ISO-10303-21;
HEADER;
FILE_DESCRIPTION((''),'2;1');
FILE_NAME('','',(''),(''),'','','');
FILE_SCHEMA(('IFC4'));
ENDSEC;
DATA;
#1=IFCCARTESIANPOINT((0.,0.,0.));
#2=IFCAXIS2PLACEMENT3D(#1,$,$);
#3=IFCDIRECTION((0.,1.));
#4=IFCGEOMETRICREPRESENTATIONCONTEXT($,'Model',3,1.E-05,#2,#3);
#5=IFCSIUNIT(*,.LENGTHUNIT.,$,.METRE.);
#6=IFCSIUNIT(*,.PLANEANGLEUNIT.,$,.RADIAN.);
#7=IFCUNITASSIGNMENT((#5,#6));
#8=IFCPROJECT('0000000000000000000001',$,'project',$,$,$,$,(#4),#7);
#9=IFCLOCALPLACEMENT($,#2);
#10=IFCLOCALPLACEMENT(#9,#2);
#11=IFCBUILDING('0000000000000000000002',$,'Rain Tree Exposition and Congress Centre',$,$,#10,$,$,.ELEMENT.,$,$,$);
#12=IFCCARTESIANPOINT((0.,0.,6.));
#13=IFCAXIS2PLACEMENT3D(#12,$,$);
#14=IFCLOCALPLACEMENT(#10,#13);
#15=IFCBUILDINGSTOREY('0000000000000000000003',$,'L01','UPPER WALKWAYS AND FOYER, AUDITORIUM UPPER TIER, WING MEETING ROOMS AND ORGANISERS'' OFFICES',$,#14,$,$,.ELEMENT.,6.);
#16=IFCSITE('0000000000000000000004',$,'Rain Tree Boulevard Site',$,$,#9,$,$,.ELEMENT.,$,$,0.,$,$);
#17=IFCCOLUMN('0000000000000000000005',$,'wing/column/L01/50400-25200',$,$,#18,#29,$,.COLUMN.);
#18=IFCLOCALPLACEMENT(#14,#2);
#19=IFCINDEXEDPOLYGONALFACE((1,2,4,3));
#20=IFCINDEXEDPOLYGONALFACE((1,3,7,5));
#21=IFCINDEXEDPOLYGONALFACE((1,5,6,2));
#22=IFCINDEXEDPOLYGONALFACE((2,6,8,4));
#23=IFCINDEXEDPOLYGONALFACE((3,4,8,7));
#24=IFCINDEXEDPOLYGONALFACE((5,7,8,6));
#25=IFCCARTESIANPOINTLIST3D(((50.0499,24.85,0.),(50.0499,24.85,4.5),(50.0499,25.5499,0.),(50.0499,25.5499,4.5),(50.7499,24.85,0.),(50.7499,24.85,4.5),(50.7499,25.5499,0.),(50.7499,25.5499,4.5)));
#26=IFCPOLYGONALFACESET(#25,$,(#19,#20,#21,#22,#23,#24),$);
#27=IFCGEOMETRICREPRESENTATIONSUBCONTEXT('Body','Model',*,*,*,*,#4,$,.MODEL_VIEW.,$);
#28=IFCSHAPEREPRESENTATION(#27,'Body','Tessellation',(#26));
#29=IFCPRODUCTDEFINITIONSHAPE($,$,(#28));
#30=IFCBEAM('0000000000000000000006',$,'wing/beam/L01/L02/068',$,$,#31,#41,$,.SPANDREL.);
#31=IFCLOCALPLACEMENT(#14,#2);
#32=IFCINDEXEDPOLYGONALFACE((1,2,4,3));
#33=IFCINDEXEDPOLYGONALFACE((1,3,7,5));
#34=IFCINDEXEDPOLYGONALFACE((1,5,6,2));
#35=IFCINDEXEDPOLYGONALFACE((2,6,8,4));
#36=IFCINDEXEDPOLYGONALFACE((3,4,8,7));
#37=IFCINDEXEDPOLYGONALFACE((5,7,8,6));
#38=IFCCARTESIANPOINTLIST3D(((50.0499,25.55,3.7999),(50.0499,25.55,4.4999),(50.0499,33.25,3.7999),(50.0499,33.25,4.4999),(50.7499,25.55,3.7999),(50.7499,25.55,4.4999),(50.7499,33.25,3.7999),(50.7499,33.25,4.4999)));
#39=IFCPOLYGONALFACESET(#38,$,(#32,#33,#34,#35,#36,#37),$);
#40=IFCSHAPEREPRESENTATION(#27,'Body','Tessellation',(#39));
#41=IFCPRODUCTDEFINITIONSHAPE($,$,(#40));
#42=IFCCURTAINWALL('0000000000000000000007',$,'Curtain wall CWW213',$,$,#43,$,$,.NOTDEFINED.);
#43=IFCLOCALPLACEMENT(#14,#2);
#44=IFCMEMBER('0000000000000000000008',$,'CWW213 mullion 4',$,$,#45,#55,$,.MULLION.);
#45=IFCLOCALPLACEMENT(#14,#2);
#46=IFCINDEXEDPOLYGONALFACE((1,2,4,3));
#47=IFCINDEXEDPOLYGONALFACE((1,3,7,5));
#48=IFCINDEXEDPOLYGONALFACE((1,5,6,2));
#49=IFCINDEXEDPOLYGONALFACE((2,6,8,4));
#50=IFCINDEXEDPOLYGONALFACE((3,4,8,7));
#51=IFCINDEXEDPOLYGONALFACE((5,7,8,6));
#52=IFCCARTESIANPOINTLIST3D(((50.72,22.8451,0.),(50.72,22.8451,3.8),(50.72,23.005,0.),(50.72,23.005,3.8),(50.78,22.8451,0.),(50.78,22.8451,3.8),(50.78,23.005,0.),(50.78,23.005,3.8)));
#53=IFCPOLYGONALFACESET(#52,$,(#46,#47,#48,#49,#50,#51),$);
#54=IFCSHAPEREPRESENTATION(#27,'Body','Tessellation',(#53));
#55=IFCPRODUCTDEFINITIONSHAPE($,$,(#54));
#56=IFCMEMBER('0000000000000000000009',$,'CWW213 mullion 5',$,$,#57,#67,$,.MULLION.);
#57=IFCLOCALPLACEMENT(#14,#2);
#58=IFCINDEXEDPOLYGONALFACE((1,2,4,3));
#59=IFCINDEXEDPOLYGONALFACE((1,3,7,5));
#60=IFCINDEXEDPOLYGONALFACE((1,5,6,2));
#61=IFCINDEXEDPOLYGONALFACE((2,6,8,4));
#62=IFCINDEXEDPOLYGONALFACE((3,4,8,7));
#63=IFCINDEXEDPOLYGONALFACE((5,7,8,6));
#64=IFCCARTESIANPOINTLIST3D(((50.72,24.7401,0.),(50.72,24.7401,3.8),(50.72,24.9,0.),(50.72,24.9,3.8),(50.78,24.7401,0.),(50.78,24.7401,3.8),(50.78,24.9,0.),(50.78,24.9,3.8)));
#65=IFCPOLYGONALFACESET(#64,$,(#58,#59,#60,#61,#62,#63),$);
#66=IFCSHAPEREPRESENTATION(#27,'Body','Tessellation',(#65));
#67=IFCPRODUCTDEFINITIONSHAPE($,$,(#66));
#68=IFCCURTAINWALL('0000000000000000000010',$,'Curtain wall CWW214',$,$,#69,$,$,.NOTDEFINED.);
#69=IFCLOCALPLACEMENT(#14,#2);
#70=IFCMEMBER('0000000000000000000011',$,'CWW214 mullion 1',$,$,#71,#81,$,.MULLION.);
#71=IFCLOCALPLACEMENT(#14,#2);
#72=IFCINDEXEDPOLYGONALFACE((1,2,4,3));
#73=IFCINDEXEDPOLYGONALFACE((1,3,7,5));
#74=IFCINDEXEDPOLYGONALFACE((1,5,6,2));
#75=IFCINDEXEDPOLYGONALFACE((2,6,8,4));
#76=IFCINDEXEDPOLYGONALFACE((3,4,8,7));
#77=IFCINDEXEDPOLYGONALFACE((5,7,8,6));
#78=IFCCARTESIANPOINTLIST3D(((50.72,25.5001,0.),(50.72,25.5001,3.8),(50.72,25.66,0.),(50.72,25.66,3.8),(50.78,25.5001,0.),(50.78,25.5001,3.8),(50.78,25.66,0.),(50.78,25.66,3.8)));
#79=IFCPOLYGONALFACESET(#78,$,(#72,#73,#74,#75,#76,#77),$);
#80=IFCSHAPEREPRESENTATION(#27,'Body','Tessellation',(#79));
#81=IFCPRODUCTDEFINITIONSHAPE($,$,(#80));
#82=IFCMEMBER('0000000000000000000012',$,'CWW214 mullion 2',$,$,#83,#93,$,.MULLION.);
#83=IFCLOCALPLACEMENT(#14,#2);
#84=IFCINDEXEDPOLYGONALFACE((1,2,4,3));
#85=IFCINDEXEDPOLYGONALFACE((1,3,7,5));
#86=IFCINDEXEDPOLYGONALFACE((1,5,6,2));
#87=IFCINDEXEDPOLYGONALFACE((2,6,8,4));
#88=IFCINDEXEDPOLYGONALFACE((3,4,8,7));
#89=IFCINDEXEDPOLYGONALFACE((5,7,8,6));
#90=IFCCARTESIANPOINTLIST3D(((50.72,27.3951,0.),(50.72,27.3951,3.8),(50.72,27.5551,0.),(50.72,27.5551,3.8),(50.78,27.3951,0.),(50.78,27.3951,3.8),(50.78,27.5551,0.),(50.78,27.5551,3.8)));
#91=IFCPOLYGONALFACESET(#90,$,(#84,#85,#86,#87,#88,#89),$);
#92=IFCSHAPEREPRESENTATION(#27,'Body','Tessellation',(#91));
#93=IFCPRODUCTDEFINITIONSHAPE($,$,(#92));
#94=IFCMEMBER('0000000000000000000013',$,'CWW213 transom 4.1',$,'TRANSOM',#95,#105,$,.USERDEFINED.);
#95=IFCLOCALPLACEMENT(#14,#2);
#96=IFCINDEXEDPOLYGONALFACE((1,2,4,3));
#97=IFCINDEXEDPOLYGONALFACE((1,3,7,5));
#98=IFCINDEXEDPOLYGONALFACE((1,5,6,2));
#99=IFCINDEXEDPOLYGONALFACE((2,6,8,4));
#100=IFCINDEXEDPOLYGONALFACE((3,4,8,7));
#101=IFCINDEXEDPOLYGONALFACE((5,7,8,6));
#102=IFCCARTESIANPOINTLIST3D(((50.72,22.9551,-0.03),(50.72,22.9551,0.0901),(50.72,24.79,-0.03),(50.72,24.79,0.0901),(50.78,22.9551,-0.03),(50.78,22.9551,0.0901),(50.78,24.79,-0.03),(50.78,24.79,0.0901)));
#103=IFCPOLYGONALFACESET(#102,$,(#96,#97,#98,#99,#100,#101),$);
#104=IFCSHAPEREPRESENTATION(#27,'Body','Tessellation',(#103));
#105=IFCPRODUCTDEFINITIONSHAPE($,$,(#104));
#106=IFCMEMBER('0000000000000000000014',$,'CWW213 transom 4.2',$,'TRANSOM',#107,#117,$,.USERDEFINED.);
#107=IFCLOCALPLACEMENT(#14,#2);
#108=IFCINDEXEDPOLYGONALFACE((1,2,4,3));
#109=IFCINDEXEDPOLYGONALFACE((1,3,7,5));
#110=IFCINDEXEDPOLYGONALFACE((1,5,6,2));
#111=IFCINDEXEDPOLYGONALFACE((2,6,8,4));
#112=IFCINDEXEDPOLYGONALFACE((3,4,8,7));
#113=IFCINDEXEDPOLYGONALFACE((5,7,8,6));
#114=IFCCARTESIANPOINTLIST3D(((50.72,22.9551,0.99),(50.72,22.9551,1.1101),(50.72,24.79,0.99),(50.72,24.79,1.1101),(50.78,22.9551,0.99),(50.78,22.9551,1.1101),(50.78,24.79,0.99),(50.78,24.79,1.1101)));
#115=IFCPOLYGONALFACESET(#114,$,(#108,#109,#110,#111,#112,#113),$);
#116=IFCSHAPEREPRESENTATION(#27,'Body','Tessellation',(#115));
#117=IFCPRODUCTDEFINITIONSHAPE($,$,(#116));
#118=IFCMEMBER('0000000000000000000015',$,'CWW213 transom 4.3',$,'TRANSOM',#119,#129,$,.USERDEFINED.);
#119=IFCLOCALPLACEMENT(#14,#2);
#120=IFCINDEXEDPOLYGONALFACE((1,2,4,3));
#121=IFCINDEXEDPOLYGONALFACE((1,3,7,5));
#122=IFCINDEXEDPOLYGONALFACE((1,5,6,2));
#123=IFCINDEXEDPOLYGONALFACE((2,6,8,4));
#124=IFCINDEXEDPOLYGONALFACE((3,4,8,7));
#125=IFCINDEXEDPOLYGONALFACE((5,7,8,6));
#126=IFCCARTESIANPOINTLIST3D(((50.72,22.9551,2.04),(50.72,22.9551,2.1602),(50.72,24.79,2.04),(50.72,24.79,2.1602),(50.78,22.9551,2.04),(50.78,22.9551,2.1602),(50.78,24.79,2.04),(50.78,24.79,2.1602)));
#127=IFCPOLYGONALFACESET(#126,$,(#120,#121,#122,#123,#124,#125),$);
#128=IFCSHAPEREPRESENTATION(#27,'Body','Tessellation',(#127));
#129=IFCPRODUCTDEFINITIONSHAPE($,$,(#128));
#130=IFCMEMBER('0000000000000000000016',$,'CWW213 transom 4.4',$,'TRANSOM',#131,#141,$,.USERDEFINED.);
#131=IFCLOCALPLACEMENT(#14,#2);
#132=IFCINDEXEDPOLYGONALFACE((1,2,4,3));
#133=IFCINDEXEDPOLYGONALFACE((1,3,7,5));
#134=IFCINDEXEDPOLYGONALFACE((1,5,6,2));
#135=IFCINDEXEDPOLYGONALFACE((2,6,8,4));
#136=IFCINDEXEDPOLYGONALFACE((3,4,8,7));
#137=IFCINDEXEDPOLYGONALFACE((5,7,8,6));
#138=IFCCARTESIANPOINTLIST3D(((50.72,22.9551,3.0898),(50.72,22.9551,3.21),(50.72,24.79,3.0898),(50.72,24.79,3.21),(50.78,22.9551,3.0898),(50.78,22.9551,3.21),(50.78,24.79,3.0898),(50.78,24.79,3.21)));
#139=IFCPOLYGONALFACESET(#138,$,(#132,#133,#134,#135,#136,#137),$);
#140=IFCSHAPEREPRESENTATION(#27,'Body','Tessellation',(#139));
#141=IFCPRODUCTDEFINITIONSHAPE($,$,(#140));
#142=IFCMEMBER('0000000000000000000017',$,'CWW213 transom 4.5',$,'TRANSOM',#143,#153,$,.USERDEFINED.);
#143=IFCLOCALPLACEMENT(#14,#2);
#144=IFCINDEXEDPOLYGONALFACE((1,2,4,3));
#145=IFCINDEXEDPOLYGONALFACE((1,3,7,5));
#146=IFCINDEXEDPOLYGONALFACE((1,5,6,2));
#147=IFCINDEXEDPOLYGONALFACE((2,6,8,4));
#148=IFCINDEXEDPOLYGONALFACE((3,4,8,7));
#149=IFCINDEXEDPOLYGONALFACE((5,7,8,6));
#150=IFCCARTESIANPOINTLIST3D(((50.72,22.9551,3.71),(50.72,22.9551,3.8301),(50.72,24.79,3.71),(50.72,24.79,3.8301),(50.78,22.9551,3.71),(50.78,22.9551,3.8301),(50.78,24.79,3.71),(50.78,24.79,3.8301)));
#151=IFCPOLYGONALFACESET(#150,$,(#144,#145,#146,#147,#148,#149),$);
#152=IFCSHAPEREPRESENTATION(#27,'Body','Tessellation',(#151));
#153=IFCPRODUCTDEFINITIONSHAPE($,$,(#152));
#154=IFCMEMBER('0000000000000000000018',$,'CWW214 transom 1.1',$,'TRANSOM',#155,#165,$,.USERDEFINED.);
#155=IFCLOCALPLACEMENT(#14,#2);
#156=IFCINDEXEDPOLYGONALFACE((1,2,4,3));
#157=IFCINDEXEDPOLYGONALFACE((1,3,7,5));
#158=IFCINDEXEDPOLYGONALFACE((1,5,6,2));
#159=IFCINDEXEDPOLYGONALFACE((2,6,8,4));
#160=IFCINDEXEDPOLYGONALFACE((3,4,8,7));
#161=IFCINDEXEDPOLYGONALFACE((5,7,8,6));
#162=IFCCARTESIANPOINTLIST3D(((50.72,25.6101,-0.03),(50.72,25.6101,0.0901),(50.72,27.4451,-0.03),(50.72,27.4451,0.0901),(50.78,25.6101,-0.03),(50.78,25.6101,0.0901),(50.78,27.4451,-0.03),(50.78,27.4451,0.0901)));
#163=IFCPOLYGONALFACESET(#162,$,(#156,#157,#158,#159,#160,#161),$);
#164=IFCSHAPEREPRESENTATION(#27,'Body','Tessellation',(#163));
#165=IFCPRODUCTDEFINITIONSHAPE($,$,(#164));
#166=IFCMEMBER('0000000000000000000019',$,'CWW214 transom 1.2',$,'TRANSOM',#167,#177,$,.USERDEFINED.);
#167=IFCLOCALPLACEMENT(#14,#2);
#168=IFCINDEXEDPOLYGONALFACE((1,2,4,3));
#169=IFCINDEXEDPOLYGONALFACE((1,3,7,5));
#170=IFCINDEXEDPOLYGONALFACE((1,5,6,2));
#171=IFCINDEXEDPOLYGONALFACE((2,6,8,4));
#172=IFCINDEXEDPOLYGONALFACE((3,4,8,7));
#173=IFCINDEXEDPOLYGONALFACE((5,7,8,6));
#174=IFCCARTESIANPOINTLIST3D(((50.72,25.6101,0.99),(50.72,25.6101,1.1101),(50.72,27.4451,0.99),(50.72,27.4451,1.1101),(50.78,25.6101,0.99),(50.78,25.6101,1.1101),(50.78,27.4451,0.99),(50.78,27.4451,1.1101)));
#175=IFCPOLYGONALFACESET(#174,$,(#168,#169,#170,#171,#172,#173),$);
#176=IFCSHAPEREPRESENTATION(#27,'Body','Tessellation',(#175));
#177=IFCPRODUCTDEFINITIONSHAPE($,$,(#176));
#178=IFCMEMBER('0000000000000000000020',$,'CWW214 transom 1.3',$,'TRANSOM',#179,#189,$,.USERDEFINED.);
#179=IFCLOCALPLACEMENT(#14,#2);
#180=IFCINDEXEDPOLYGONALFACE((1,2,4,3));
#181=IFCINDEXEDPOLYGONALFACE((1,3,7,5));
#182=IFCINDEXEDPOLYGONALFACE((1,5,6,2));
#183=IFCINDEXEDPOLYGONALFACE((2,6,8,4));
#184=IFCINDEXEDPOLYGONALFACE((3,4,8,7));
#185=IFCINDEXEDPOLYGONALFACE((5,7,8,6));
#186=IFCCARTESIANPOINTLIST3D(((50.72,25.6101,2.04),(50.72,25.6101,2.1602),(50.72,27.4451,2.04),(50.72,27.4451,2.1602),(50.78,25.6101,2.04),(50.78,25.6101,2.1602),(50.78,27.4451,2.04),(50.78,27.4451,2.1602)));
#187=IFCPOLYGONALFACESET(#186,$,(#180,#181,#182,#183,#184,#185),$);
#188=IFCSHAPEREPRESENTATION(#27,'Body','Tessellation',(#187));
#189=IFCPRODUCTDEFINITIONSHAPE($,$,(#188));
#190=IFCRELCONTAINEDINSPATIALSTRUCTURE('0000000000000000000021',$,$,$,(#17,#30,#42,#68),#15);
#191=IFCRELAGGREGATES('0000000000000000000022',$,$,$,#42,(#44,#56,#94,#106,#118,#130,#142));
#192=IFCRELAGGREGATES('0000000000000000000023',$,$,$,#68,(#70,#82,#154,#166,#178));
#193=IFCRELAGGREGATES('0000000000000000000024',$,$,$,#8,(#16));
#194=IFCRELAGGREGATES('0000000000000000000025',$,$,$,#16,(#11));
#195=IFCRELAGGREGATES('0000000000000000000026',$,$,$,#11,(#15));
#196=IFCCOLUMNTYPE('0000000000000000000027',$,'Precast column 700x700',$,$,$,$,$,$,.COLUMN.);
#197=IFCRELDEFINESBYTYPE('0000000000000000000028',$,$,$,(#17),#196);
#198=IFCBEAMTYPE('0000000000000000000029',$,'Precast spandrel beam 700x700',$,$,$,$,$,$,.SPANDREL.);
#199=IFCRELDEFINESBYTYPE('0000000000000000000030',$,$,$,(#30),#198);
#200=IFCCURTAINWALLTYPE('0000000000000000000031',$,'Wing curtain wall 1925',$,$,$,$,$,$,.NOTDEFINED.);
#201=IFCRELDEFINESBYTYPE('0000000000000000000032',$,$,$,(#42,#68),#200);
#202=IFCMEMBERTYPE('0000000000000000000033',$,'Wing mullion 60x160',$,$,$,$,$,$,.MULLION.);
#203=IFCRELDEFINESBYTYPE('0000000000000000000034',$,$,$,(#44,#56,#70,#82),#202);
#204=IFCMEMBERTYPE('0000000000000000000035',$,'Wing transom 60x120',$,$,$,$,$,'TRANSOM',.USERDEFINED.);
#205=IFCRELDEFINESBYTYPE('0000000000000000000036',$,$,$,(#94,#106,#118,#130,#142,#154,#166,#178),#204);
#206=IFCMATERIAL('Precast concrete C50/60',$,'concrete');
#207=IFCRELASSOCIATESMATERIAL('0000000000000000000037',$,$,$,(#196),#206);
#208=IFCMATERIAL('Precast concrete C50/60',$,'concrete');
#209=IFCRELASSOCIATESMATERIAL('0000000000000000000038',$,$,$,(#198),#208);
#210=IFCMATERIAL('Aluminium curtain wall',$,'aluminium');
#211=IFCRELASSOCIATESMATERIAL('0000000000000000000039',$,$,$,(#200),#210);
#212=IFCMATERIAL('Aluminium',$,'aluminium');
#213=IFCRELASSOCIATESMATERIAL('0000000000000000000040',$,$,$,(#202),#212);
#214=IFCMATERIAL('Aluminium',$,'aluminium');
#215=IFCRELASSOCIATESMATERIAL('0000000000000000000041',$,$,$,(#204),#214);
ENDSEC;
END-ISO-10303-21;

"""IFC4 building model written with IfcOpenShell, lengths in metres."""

from ifc_helpers import new_model, si_unit, direction, frame, origin, origin_2d, place, context, subcontext, project, spatial, rectangle, extrude, material, material_profile, profile_set, type_object, element, aggregate, save


model = new_model("IFC4")

# Units and contexts
model_context = context("Model", 3, precision=1e-05, world=origin(), true_north=direction((0.0, 1.0)))
body_context = subcontext(model_context, "Body", "Model", "MODEL_VIEW")
ifc_project = project(units=[si_unit("LENGTHUNIT", "METRE"), si_unit("PLANEANGLEUNIT", "RADIAN")], contexts=[model_context])

# Site, building, storey
site_placement = place(None, origin())
site = spatial("IfcSite", under=ifc_project, at=site_placement, Name="Rain Tree Boulevard Site", CompositionType="ELEMENT", RefElevation=0.0)
building_placement = place(site_placement, origin())
building = spatial("IfcBuilding", under=site, at=building_placement, Name="Rain Tree Exposition and Congress Centre", CompositionType="ELEMENT")
storey_placement = place(building_placement, frame((0.0, 0.0, 6.0)))
storey = spatial("IfcBuildingStorey", under=building, at=storey_placement, Name="L01", Description="UPPER WALKWAYS AND FOYER, AUDITORIUM UPPER TIER, WING MEETING ROOMS AND ORGANISERS' OFFICES", CompositionType="ELEMENT", Elevation=6.0)

# Column
ifc_material_1 = material(Name="Precast concrete C50/60", Category="concrete")
ifc_material_profile_1 = material_profile(ifc_material_1, rectangle(XDim=0.7, YDim=0.7, at=origin_2d()), Name="RC 700x700")
ifc_profile_set_1 = profile_set([ifc_material_profile_1], Name="Precast concrete C50/60")
column_type = type_object("IfcColumnType", Name="Precast column 700x700", PredefinedType="COLUMN", material=ifc_profile_set_1)
column_placement = place(storey_placement, frame((50.3999, 25.2, 0.0), z_axis=(0.0, 0.0, 1.0), x_axis=(1.0, 0.0, 0.0)))
element("IfcColumn", 1, at=column_placement, inside=storey, type_object=column_type, Name="wing/column/L01/50400-25200", PredefinedType="COLUMN", context=body_context, shape_type="SweptSolid", body=[
    extrude(rectangle(XDim=0.7, YDim=0.7, at=origin_2d()), origin(), (0.0, 0.0, 1.0), 4.5),
])

# Beam
ifc_material_2 = material(Name="Precast concrete C50/60", Category="concrete")
ifc_material_profile_2 = material_profile(ifc_material_2, rectangle(XDim=0.7, YDim=0.7, at=origin_2d()), Name="RC 700x700")
ifc_profile_set_2 = profile_set([ifc_material_profile_2], Name="Precast concrete C50/60")
beam_type = type_object("IfcBeamType", Name="Precast spandrel beam 700x700", PredefinedType="SPANDREL", material=ifc_profile_set_2)
beam_placement = place(storey_placement, frame((50.3999, 25.55, 4.1499), z_axis=(0.0, 1.0, 0.0), x_axis=(-1.0, 0.0, 0.0)))
element("IfcBeam", 2, at=beam_placement, inside=storey, type_object=beam_type, Name="wing/beam/L01/L02/068", PredefinedType="SPANDREL", context=body_context, shape_type="SweptSolid", body=[
    extrude(rectangle(XDim=0.7, YDim=0.7, at=origin_2d()), origin(), (0.0, 0.0, 1.0), 7.7),
])

# Curtain walls, members
ifc_material_3 = material(Name="Aluminium curtain wall", Category="aluminium")
curtain_wall_type = type_object("IfcCurtainWallType", Name="Wing curtain wall 1925", PredefinedType="NOTDEFINED", material=ifc_material_3)
curtain_wall_1_placement = place(storey_placement, origin())
curtain_wall_1 = element("IfcCurtainWall", 3, at=curtain_wall_1_placement, inside=storey, type_object=curtain_wall_type, Name="Curtain wall CWW213", PredefinedType="NOTDEFINED")
ifc_material_4 = material(Name="Aluminium", Category="aluminium")
ifc_material_profile_3 = material_profile(ifc_material_4, rectangle(XDim=0.0601, YDim=0.1599, at=origin_2d()), Name="Aluminium 60x160")
ifc_profile_set_3 = profile_set([ifc_material_profile_3], Name="Aluminium")
member_type_1 = type_object("IfcMemberType", Name="Wing mullion 60x160", PredefinedType="MULLION", material=ifc_profile_set_3)
member_1_placement = place(storey_placement, frame((50.75, 22.925, 0.0), z_axis=(0.0, 0.0, 1.0), x_axis=(-1.0, 0.0, 0.0)))
member_1 = element("IfcMember", 4, at=member_1_placement, type_object=member_type_1, Name="CWW213 mullion 4", PredefinedType="MULLION", context=body_context, shape_type="SweptSolid", body=[
    extrude(rectangle(XDim=0.0601, YDim=0.1599, at=origin_2d()), origin(), (0.0, 0.0, 1.0), 3.8),
])
member_2_placement = place(storey_placement, frame((50.75, 24.8201, 0.0), z_axis=(0.0, 0.0, 1.0), x_axis=(-1.0, 0.0, 0.0)))
member_2 = element("IfcMember", 5, at=member_2_placement, type_object=member_type_1, Name="CWW213 mullion 5", PredefinedType="MULLION", context=body_context, shape_type="SweptSolid", body=[
    extrude(rectangle(XDim=0.0601, YDim=0.1599, at=origin_2d()), origin(), (0.0, 0.0, 1.0), 3.8),
])
curtain_wall_2_placement = place(storey_placement, origin())
curtain_wall_2 = element("IfcCurtainWall", 6, at=curtain_wall_2_placement, inside=storey, type_object=curtain_wall_type, Name="Curtain wall CWW214", PredefinedType="NOTDEFINED")
member_3_placement = place(storey_placement, frame((50.75, 25.5801, 0.0), z_axis=(0.0, 0.0, 1.0), x_axis=(-1.0, 0.0, 0.0)))
member_3 = element("IfcMember", 7, at=member_3_placement, type_object=member_type_1, Name="CWW214 mullion 1", PredefinedType="MULLION", context=body_context, shape_type="SweptSolid", body=[
    extrude(rectangle(XDim=0.0601, YDim=0.1599, at=origin_2d()), origin(), (0.0, 0.0, 1.0), 3.8),
])
member_4_placement = place(storey_placement, frame((50.75, 27.4751, 0.0), z_axis=(0.0, 0.0, 1.0), x_axis=(-1.0, 0.0, 0.0)))
member_4 = element("IfcMember", 8, at=member_4_placement, type_object=member_type_1, Name="CWW214 mullion 2", PredefinedType="MULLION", context=body_context, shape_type="SweptSolid", body=[
    extrude(rectangle(XDim=0.0601, YDim=0.1599, at=origin_2d()), origin(), (0.0, 0.0, 1.0), 3.8),
])

# Members
ifc_material_5 = material(Name="Aluminium", Category="aluminium")
ifc_material_profile_4 = material_profile(ifc_material_5, rectangle(XDim=0.0601, YDim=0.1201, at=origin_2d()), Name="Aluminium 60x120")
ifc_profile_set_4 = profile_set([ifc_material_profile_4], Name="Aluminium")
member_type_2 = type_object("IfcMemberType", Name="Wing transom 60x120", ElementType="TRANSOM", PredefinedType="USERDEFINED", material=ifc_profile_set_4)
member_5_placement = place(storey_placement, frame((50.75, 22.9551, 0.03), z_axis=(0.0, 1.0, 0.0), x_axis=(-1.0, 0.0, 0.0)))
member_5 = element("IfcMember", 9, at=member_5_placement, type_object=member_type_2, Name="CWW213 transom 4.1", ObjectType="TRANSOM", PredefinedType="USERDEFINED", context=body_context, shape_type="SweptSolid", body=[
    extrude(rectangle(XDim=0.0601, YDim=0.1201, at=origin_2d()), origin(), (0.0, 0.0, 1.0), 1.835),
])
member_6_placement = place(storey_placement, frame((50.75, 22.9551, 1.05), z_axis=(0.0, 1.0, 0.0), x_axis=(-1.0, 0.0, 0.0)))
member_6 = element("IfcMember", 10, at=member_6_placement, type_object=member_type_2, Name="CWW213 transom 4.2", ObjectType="TRANSOM", PredefinedType="USERDEFINED", context=body_context, shape_type="SweptSolid", body=[
    extrude(rectangle(XDim=0.0601, YDim=0.1201, at=origin_2d()), origin(), (0.0, 0.0, 1.0), 1.835),
])
member_7_placement = place(storey_placement, frame((50.75, 22.9551, 2.1001), z_axis=(0.0, 1.0, 0.0), x_axis=(-1.0, 0.0, 0.0)))
member_7 = element("IfcMember", 11, at=member_7_placement, type_object=member_type_2, Name="CWW213 transom 4.3", ObjectType="TRANSOM", PredefinedType="USERDEFINED", context=body_context, shape_type="SweptSolid", body=[
    extrude(rectangle(XDim=0.0601, YDim=0.1201, at=origin_2d()), origin(), (0.0, 0.0, 1.0), 1.835),
])
member_8_placement = place(storey_placement, frame((50.75, 22.9551, 3.1499), z_axis=(0.0, 1.0, 0.0), x_axis=(-1.0, 0.0, 0.0)))
member_8 = element("IfcMember", 12, at=member_8_placement, type_object=member_type_2, Name="CWW213 transom 4.4", ObjectType="TRANSOM", PredefinedType="USERDEFINED", context=body_context, shape_type="SweptSolid", body=[
    extrude(rectangle(XDim=0.0601, YDim=0.1201, at=origin_2d()), origin(), (0.0, 0.0, 1.0), 1.835),
])
member_9_placement = place(storey_placement, frame((50.75, 22.9551, 3.77), z_axis=(0.0, 1.0, 0.0), x_axis=(-1.0, 0.0, 0.0)))
member_9 = element("IfcMember", 13, at=member_9_placement, type_object=member_type_2, Name="CWW213 transom 4.5", ObjectType="TRANSOM", PredefinedType="USERDEFINED", context=body_context, shape_type="SweptSolid", body=[
    extrude(rectangle(XDim=0.0601, YDim=0.1201, at=origin_2d()), origin(), (0.0, 0.0, 1.0), 1.835),
])
member_10_placement = place(storey_placement, frame((50.75, 25.6101, 0.03), z_axis=(0.0, 1.0, 0.0), x_axis=(-1.0, 0.0, 0.0)))
member_10 = element("IfcMember", 14, at=member_10_placement, type_object=member_type_2, Name="CWW214 transom 1.1", ObjectType="TRANSOM", PredefinedType="USERDEFINED", context=body_context, shape_type="SweptSolid", body=[
    extrude(rectangle(XDim=0.0601, YDim=0.1201, at=origin_2d()), origin(), (0.0, 0.0, 1.0), 1.835),
])
member_11_placement = place(storey_placement, frame((50.75, 25.6101, 1.05), z_axis=(0.0, 1.0, 0.0), x_axis=(-1.0, 0.0, 0.0)))
member_11 = element("IfcMember", 15, at=member_11_placement, type_object=member_type_2, Name="CWW214 transom 1.2", ObjectType="TRANSOM", PredefinedType="USERDEFINED", context=body_context, shape_type="SweptSolid", body=[
    extrude(rectangle(XDim=0.0601, YDim=0.1201, at=origin_2d()), origin(), (0.0, 0.0, 1.0), 1.835),
])
member_12_placement = place(storey_placement, frame((50.75, 25.6101, 2.1001), z_axis=(0.0, 1.0, 0.0), x_axis=(-1.0, 0.0, 0.0)))
member_12 = element("IfcMember", 16, at=member_12_placement, type_object=member_type_2, Name="CWW214 transom 1.3", ObjectType="TRANSOM", PredefinedType="USERDEFINED", context=body_context, shape_type="SweptSolid", body=[
    extrude(rectangle(XDim=0.0601, YDim=0.1201, at=origin_2d()), origin(), (0.0, 0.0, 1.0), 1.835),
])

aggregate(curtain_wall_1, [member_1, member_2, member_5, member_6, member_7, member_8, member_9])
aggregate(curtain_wall_2, [member_3, member_4, member_10, member_11, member_12])

save(model, "model.ifc")
